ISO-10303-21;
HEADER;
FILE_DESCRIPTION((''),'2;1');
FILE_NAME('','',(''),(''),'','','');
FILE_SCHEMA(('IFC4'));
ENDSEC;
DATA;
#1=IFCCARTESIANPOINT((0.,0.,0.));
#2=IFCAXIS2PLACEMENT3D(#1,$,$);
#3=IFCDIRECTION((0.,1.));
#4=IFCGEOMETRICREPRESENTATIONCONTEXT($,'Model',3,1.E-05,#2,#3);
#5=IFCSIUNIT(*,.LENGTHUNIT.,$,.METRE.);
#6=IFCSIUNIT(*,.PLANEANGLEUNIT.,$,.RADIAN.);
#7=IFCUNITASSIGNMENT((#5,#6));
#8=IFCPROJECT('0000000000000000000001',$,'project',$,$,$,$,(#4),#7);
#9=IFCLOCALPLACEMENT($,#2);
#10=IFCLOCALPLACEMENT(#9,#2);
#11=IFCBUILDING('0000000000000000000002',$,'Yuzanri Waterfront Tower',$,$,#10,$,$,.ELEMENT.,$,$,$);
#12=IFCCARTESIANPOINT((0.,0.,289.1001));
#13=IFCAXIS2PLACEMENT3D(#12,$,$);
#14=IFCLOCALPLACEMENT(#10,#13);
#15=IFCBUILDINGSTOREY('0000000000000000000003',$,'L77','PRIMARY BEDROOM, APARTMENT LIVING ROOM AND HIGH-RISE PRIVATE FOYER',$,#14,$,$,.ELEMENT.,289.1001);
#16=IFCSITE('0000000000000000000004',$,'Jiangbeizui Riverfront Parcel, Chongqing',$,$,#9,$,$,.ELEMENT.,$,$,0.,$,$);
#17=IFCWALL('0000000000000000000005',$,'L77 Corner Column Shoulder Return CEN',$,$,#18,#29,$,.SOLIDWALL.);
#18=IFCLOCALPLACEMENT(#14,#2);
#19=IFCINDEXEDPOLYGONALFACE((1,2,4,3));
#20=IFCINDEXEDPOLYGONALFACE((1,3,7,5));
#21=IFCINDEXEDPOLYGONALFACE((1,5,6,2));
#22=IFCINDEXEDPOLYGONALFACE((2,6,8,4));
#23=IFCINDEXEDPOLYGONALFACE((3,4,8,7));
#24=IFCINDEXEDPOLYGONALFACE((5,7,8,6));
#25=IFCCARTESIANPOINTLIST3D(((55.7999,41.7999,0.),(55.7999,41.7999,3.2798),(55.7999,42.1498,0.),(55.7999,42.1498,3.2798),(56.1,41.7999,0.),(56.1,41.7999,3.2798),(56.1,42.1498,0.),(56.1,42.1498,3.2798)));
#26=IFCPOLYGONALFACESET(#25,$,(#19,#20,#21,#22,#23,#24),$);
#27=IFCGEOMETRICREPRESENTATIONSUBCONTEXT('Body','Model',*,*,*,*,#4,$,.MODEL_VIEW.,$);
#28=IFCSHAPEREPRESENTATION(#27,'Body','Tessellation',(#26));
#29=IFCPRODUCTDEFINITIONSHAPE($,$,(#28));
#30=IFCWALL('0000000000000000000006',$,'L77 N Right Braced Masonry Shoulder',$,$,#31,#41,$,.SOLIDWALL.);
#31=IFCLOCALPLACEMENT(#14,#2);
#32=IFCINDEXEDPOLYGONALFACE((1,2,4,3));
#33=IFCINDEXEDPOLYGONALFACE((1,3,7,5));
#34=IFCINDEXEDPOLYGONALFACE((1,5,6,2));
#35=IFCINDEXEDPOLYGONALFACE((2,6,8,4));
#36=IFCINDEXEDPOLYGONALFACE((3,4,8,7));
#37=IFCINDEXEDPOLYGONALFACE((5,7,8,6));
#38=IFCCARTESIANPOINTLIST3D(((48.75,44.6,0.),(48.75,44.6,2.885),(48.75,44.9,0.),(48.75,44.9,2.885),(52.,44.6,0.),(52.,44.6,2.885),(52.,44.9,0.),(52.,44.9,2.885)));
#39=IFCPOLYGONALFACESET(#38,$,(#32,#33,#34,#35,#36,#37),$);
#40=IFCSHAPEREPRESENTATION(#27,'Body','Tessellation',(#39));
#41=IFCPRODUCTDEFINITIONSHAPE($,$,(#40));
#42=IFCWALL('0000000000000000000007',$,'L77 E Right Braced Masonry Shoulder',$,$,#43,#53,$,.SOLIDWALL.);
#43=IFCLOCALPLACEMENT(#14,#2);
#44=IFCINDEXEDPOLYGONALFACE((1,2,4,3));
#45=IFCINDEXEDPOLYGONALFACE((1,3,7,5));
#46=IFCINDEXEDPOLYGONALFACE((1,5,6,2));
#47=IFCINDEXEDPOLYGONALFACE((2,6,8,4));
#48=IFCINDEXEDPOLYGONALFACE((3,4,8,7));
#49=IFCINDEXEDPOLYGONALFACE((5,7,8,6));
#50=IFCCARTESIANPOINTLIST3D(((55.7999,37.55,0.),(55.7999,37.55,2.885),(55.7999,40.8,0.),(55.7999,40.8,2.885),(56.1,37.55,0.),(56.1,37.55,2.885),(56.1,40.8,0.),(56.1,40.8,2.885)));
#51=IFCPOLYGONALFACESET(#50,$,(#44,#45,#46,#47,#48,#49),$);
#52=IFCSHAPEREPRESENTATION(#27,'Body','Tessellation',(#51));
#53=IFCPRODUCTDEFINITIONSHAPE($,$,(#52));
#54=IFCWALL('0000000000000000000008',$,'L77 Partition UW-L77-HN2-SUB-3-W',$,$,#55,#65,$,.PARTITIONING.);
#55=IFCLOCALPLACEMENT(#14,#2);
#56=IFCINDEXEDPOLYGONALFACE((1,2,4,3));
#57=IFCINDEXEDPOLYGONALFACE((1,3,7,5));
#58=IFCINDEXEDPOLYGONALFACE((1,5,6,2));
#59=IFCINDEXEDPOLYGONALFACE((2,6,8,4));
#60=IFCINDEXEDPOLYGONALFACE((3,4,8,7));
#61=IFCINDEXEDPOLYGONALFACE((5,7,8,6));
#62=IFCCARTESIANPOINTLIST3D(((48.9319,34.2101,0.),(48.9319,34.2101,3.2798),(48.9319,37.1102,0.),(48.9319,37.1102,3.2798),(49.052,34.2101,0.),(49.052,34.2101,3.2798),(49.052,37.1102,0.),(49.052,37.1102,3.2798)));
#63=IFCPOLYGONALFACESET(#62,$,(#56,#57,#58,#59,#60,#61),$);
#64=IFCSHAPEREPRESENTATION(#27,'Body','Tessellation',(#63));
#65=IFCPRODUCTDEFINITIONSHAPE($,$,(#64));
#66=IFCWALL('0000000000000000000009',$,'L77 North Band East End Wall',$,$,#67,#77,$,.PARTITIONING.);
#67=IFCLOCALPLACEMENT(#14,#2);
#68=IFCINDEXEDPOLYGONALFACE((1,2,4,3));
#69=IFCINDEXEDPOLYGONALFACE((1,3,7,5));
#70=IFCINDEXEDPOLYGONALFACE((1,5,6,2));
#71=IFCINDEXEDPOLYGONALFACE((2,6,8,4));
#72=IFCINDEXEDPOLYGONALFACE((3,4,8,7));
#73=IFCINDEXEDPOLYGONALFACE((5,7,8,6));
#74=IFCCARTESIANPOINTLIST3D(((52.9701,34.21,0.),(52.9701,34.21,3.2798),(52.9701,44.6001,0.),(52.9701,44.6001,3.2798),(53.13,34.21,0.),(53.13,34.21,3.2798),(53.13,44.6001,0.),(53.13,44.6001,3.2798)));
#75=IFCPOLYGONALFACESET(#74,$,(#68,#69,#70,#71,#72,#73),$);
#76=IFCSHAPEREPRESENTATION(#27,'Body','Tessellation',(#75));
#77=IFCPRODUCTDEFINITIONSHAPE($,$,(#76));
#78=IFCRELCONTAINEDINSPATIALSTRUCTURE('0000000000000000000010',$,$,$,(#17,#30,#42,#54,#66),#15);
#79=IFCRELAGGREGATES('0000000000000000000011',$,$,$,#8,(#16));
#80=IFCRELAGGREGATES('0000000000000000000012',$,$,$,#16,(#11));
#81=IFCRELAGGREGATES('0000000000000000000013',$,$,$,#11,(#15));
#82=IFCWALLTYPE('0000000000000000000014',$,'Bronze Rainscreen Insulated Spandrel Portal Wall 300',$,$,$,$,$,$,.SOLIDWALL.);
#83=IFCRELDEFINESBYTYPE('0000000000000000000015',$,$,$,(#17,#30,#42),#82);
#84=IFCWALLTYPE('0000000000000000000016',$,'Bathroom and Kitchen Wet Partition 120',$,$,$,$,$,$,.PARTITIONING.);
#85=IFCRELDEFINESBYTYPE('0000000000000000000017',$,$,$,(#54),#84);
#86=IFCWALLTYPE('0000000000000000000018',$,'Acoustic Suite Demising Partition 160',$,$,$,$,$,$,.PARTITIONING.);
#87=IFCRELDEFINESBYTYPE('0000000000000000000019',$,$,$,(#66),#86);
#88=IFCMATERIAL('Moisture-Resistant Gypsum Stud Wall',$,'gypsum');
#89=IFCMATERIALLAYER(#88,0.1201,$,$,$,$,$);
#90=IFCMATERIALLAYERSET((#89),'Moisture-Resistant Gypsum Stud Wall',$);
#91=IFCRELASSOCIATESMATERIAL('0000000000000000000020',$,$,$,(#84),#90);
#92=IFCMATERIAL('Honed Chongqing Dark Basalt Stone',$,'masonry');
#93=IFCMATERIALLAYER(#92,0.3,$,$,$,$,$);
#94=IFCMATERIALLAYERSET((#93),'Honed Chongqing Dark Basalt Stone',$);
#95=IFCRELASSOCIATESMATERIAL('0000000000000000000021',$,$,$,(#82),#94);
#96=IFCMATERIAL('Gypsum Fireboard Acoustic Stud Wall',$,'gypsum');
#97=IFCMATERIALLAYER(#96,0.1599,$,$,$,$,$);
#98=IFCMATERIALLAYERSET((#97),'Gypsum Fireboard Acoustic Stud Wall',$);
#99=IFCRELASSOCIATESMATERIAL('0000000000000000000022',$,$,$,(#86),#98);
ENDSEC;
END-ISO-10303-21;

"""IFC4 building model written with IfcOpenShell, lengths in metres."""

from ifc_helpers import new_model, si_unit, direction, frame, frame_2d, origin, place, context, subcontext, project, spatial, rectangle, extrude, source, transform, mapped, material, layer, layer_set, type_object, element, save


model = new_model("IFC4")

# Units and contexts
model_context = context("Model", 3, precision=1e-05, world=origin(), true_north=direction((0.0, 1.0)))
body_context = subcontext(model_context, "Body", "Model", "MODEL_VIEW")
ifc_project = project(units=[si_unit("LENGTHUNIT", "METRE"), si_unit("PLANEANGLEUNIT", "RADIAN")], contexts=[model_context])

# Site, building, storey
site_placement = place(None, origin())
site = spatial("IfcSite", under=ifc_project, at=site_placement, Name="Jiangbeizui Riverfront Parcel, Chongqing", CompositionType="ELEMENT", RefElevation=0.0)
building_placement = place(site_placement, origin())
building = spatial("IfcBuilding", under=site, at=building_placement, Name="Yuzanri Waterfront Tower", CompositionType="ELEMENT")
storey_placement = place(building_placement, frame((0.0, 0.0, 289.1001)))
storey = spatial("IfcBuildingStorey", under=building, at=storey_placement, Name="L77", Description="PRIMARY BEDROOM, APARTMENT LIVING ROOM AND HIGH-RISE PRIVATE FOYER", CompositionType="ELEMENT", Elevation=289.1001)

# Shared definitions
ifc_material_1 = material(Name="Moisture-Resistant Gypsum Stud Wall", Category="gypsum")
ifc_layer_1 = layer(ifc_material_1, 0.1201)
ifc_layer_set_1 = layer_set([ifc_layer_1], Name="Moisture-Resistant Gypsum Stud Wall")
wall_type_1 = type_object("IfcWallType", Name="Bathroom and Kitchen Wet Partition 120", PredefinedType="PARTITIONING", material=ifc_layer_set_1)

# Shared definitions
ifc_material_2 = material(Name="Honed Chongqing Dark Basalt Stone", Category="masonry")
ifc_layer_2 = layer(ifc_material_2, 0.3)
ifc_layer_set_2 = layer_set([ifc_layer_2], Name="Honed Chongqing Dark Basalt Stone")
wall_type_2 = type_object("IfcWallType", Name="Bronze Rainscreen Insulated Spandrel Portal Wall 300", PredefinedType="SOLIDWALL", material=ifc_layer_set_2)

# Walls
shared_shape_1 = source(origin(), body_context, "Body", "SweptSolid", [
    extrude(rectangle(XDim=0.3499, YDim=0.3, at=frame_2d((0.1748, 0.0))), origin(), (0.0, 0.0, 1.0), 3.2798),
])
wall_1_placement = place(storey_placement, frame((55.95, 41.8, 0.0), z_axis=(0.0, 0.0, 1.0), x_axis=(0.0, 1.0, 0.0)))
element("IfcWall", 1, at=wall_1_placement, inside=storey, type_object=wall_type_2, Name="L77 Corner Column Shoulder Return CEN", PredefinedType="SOLIDWALL", context=body_context, shape_type="MappedRepresentation", body=[
    mapped(shared_shape_1, transform((0.0, 0.0, 0.0), scale=1.0)),
])
shared_shape_2 = source(origin(), body_context, "Body", "SweptSolid", [
    extrude(rectangle(XDim=3.25, YDim=0.3, at=frame_2d((1.625, 0.0))), origin(), (0.0, 0.0, 1.0), 2.885),
])
for number, where, z_axis, x_axis, name in (
    (2, (48.75, 44.75, 0.0), (0.0, 0.0, 1.0), (1.0, 0.0, 0.0), "L77 N Right Braced Masonry Shoulder"),
    (3, (55.95, 37.55, 0.0), (0.0, 0.0, 1.0), (0.0, 1.0, 0.0), "L77 E Right Braced Masonry Shoulder"),
):
    element("IfcWall", number, at=place(storey_placement, frame(where, z_axis=z_axis, x_axis=x_axis)), inside=storey, type_object=wall_type_2, Name=name, PredefinedType="SOLIDWALL", context=body_context, shape_type="MappedRepresentation", body=[
        mapped(shared_shape_2, transform((0.0, 0.0, 0.0), scale=1.0)),
    ])
shared_shape_3 = source(origin(), body_context, "Body", "SweptSolid", [
    extrude(rectangle(XDim=2.9001, YDim=0.1201, at=frame_2d((1.4502, 0.0))), origin(), (0.0, 0.0, 1.0), 3.2798),
])
wall_2_placement = place(storey_placement, frame((48.9919, 34.21, 0.0), z_axis=(0.0, 0.0, 1.0), x_axis=(0.0, 1.0, 0.0)))
element("IfcWall", 4, at=wall_2_placement, inside=storey, type_object=wall_type_1, Name="L77 Partition UW-L77-HN2-SUB-3-W", PredefinedType="PARTITIONING", context=body_context, shape_type="MappedRepresentation", body=[
    mapped(shared_shape_3, transform((0.0, 0.0, 0.0), scale=1.0)),
])
ifc_material_3 = material(Name="Gypsum Fireboard Acoustic Stud Wall", Category="gypsum")
ifc_layer_3 = layer(ifc_material_3, 0.1599)
ifc_layer_set_3 = layer_set([ifc_layer_3], Name="Gypsum Fireboard Acoustic Stud Wall")
wall_type_3 = type_object("IfcWallType", Name="Acoustic Suite Demising Partition 160", PredefinedType="PARTITIONING", material=ifc_layer_set_3)
shared_shape_4 = source(origin(), body_context, "Body", "SweptSolid", [
    extrude(rectangle(XDim=10.3901, YDim=0.1599, at=frame_2d((5.1951, 0.0))), origin(), (0.0, 0.0, 1.0), 3.2798),
])
wall_3_placement = place(storey_placement, frame((53.05, 34.21, 0.0), z_axis=(0.0, 0.0, 1.0), x_axis=(0.0, 1.0, 0.0)))
element("IfcWall", 5, at=wall_3_placement, inside=storey, type_object=wall_type_3, Name="L77 North Band East End Wall", PredefinedType="PARTITIONING", context=body_context, shape_type="MappedRepresentation", body=[
    mapped(shared_shape_4, transform((0.0, 0.0, 0.0), scale=1.0)),
])

save(model, "model.ifc")
